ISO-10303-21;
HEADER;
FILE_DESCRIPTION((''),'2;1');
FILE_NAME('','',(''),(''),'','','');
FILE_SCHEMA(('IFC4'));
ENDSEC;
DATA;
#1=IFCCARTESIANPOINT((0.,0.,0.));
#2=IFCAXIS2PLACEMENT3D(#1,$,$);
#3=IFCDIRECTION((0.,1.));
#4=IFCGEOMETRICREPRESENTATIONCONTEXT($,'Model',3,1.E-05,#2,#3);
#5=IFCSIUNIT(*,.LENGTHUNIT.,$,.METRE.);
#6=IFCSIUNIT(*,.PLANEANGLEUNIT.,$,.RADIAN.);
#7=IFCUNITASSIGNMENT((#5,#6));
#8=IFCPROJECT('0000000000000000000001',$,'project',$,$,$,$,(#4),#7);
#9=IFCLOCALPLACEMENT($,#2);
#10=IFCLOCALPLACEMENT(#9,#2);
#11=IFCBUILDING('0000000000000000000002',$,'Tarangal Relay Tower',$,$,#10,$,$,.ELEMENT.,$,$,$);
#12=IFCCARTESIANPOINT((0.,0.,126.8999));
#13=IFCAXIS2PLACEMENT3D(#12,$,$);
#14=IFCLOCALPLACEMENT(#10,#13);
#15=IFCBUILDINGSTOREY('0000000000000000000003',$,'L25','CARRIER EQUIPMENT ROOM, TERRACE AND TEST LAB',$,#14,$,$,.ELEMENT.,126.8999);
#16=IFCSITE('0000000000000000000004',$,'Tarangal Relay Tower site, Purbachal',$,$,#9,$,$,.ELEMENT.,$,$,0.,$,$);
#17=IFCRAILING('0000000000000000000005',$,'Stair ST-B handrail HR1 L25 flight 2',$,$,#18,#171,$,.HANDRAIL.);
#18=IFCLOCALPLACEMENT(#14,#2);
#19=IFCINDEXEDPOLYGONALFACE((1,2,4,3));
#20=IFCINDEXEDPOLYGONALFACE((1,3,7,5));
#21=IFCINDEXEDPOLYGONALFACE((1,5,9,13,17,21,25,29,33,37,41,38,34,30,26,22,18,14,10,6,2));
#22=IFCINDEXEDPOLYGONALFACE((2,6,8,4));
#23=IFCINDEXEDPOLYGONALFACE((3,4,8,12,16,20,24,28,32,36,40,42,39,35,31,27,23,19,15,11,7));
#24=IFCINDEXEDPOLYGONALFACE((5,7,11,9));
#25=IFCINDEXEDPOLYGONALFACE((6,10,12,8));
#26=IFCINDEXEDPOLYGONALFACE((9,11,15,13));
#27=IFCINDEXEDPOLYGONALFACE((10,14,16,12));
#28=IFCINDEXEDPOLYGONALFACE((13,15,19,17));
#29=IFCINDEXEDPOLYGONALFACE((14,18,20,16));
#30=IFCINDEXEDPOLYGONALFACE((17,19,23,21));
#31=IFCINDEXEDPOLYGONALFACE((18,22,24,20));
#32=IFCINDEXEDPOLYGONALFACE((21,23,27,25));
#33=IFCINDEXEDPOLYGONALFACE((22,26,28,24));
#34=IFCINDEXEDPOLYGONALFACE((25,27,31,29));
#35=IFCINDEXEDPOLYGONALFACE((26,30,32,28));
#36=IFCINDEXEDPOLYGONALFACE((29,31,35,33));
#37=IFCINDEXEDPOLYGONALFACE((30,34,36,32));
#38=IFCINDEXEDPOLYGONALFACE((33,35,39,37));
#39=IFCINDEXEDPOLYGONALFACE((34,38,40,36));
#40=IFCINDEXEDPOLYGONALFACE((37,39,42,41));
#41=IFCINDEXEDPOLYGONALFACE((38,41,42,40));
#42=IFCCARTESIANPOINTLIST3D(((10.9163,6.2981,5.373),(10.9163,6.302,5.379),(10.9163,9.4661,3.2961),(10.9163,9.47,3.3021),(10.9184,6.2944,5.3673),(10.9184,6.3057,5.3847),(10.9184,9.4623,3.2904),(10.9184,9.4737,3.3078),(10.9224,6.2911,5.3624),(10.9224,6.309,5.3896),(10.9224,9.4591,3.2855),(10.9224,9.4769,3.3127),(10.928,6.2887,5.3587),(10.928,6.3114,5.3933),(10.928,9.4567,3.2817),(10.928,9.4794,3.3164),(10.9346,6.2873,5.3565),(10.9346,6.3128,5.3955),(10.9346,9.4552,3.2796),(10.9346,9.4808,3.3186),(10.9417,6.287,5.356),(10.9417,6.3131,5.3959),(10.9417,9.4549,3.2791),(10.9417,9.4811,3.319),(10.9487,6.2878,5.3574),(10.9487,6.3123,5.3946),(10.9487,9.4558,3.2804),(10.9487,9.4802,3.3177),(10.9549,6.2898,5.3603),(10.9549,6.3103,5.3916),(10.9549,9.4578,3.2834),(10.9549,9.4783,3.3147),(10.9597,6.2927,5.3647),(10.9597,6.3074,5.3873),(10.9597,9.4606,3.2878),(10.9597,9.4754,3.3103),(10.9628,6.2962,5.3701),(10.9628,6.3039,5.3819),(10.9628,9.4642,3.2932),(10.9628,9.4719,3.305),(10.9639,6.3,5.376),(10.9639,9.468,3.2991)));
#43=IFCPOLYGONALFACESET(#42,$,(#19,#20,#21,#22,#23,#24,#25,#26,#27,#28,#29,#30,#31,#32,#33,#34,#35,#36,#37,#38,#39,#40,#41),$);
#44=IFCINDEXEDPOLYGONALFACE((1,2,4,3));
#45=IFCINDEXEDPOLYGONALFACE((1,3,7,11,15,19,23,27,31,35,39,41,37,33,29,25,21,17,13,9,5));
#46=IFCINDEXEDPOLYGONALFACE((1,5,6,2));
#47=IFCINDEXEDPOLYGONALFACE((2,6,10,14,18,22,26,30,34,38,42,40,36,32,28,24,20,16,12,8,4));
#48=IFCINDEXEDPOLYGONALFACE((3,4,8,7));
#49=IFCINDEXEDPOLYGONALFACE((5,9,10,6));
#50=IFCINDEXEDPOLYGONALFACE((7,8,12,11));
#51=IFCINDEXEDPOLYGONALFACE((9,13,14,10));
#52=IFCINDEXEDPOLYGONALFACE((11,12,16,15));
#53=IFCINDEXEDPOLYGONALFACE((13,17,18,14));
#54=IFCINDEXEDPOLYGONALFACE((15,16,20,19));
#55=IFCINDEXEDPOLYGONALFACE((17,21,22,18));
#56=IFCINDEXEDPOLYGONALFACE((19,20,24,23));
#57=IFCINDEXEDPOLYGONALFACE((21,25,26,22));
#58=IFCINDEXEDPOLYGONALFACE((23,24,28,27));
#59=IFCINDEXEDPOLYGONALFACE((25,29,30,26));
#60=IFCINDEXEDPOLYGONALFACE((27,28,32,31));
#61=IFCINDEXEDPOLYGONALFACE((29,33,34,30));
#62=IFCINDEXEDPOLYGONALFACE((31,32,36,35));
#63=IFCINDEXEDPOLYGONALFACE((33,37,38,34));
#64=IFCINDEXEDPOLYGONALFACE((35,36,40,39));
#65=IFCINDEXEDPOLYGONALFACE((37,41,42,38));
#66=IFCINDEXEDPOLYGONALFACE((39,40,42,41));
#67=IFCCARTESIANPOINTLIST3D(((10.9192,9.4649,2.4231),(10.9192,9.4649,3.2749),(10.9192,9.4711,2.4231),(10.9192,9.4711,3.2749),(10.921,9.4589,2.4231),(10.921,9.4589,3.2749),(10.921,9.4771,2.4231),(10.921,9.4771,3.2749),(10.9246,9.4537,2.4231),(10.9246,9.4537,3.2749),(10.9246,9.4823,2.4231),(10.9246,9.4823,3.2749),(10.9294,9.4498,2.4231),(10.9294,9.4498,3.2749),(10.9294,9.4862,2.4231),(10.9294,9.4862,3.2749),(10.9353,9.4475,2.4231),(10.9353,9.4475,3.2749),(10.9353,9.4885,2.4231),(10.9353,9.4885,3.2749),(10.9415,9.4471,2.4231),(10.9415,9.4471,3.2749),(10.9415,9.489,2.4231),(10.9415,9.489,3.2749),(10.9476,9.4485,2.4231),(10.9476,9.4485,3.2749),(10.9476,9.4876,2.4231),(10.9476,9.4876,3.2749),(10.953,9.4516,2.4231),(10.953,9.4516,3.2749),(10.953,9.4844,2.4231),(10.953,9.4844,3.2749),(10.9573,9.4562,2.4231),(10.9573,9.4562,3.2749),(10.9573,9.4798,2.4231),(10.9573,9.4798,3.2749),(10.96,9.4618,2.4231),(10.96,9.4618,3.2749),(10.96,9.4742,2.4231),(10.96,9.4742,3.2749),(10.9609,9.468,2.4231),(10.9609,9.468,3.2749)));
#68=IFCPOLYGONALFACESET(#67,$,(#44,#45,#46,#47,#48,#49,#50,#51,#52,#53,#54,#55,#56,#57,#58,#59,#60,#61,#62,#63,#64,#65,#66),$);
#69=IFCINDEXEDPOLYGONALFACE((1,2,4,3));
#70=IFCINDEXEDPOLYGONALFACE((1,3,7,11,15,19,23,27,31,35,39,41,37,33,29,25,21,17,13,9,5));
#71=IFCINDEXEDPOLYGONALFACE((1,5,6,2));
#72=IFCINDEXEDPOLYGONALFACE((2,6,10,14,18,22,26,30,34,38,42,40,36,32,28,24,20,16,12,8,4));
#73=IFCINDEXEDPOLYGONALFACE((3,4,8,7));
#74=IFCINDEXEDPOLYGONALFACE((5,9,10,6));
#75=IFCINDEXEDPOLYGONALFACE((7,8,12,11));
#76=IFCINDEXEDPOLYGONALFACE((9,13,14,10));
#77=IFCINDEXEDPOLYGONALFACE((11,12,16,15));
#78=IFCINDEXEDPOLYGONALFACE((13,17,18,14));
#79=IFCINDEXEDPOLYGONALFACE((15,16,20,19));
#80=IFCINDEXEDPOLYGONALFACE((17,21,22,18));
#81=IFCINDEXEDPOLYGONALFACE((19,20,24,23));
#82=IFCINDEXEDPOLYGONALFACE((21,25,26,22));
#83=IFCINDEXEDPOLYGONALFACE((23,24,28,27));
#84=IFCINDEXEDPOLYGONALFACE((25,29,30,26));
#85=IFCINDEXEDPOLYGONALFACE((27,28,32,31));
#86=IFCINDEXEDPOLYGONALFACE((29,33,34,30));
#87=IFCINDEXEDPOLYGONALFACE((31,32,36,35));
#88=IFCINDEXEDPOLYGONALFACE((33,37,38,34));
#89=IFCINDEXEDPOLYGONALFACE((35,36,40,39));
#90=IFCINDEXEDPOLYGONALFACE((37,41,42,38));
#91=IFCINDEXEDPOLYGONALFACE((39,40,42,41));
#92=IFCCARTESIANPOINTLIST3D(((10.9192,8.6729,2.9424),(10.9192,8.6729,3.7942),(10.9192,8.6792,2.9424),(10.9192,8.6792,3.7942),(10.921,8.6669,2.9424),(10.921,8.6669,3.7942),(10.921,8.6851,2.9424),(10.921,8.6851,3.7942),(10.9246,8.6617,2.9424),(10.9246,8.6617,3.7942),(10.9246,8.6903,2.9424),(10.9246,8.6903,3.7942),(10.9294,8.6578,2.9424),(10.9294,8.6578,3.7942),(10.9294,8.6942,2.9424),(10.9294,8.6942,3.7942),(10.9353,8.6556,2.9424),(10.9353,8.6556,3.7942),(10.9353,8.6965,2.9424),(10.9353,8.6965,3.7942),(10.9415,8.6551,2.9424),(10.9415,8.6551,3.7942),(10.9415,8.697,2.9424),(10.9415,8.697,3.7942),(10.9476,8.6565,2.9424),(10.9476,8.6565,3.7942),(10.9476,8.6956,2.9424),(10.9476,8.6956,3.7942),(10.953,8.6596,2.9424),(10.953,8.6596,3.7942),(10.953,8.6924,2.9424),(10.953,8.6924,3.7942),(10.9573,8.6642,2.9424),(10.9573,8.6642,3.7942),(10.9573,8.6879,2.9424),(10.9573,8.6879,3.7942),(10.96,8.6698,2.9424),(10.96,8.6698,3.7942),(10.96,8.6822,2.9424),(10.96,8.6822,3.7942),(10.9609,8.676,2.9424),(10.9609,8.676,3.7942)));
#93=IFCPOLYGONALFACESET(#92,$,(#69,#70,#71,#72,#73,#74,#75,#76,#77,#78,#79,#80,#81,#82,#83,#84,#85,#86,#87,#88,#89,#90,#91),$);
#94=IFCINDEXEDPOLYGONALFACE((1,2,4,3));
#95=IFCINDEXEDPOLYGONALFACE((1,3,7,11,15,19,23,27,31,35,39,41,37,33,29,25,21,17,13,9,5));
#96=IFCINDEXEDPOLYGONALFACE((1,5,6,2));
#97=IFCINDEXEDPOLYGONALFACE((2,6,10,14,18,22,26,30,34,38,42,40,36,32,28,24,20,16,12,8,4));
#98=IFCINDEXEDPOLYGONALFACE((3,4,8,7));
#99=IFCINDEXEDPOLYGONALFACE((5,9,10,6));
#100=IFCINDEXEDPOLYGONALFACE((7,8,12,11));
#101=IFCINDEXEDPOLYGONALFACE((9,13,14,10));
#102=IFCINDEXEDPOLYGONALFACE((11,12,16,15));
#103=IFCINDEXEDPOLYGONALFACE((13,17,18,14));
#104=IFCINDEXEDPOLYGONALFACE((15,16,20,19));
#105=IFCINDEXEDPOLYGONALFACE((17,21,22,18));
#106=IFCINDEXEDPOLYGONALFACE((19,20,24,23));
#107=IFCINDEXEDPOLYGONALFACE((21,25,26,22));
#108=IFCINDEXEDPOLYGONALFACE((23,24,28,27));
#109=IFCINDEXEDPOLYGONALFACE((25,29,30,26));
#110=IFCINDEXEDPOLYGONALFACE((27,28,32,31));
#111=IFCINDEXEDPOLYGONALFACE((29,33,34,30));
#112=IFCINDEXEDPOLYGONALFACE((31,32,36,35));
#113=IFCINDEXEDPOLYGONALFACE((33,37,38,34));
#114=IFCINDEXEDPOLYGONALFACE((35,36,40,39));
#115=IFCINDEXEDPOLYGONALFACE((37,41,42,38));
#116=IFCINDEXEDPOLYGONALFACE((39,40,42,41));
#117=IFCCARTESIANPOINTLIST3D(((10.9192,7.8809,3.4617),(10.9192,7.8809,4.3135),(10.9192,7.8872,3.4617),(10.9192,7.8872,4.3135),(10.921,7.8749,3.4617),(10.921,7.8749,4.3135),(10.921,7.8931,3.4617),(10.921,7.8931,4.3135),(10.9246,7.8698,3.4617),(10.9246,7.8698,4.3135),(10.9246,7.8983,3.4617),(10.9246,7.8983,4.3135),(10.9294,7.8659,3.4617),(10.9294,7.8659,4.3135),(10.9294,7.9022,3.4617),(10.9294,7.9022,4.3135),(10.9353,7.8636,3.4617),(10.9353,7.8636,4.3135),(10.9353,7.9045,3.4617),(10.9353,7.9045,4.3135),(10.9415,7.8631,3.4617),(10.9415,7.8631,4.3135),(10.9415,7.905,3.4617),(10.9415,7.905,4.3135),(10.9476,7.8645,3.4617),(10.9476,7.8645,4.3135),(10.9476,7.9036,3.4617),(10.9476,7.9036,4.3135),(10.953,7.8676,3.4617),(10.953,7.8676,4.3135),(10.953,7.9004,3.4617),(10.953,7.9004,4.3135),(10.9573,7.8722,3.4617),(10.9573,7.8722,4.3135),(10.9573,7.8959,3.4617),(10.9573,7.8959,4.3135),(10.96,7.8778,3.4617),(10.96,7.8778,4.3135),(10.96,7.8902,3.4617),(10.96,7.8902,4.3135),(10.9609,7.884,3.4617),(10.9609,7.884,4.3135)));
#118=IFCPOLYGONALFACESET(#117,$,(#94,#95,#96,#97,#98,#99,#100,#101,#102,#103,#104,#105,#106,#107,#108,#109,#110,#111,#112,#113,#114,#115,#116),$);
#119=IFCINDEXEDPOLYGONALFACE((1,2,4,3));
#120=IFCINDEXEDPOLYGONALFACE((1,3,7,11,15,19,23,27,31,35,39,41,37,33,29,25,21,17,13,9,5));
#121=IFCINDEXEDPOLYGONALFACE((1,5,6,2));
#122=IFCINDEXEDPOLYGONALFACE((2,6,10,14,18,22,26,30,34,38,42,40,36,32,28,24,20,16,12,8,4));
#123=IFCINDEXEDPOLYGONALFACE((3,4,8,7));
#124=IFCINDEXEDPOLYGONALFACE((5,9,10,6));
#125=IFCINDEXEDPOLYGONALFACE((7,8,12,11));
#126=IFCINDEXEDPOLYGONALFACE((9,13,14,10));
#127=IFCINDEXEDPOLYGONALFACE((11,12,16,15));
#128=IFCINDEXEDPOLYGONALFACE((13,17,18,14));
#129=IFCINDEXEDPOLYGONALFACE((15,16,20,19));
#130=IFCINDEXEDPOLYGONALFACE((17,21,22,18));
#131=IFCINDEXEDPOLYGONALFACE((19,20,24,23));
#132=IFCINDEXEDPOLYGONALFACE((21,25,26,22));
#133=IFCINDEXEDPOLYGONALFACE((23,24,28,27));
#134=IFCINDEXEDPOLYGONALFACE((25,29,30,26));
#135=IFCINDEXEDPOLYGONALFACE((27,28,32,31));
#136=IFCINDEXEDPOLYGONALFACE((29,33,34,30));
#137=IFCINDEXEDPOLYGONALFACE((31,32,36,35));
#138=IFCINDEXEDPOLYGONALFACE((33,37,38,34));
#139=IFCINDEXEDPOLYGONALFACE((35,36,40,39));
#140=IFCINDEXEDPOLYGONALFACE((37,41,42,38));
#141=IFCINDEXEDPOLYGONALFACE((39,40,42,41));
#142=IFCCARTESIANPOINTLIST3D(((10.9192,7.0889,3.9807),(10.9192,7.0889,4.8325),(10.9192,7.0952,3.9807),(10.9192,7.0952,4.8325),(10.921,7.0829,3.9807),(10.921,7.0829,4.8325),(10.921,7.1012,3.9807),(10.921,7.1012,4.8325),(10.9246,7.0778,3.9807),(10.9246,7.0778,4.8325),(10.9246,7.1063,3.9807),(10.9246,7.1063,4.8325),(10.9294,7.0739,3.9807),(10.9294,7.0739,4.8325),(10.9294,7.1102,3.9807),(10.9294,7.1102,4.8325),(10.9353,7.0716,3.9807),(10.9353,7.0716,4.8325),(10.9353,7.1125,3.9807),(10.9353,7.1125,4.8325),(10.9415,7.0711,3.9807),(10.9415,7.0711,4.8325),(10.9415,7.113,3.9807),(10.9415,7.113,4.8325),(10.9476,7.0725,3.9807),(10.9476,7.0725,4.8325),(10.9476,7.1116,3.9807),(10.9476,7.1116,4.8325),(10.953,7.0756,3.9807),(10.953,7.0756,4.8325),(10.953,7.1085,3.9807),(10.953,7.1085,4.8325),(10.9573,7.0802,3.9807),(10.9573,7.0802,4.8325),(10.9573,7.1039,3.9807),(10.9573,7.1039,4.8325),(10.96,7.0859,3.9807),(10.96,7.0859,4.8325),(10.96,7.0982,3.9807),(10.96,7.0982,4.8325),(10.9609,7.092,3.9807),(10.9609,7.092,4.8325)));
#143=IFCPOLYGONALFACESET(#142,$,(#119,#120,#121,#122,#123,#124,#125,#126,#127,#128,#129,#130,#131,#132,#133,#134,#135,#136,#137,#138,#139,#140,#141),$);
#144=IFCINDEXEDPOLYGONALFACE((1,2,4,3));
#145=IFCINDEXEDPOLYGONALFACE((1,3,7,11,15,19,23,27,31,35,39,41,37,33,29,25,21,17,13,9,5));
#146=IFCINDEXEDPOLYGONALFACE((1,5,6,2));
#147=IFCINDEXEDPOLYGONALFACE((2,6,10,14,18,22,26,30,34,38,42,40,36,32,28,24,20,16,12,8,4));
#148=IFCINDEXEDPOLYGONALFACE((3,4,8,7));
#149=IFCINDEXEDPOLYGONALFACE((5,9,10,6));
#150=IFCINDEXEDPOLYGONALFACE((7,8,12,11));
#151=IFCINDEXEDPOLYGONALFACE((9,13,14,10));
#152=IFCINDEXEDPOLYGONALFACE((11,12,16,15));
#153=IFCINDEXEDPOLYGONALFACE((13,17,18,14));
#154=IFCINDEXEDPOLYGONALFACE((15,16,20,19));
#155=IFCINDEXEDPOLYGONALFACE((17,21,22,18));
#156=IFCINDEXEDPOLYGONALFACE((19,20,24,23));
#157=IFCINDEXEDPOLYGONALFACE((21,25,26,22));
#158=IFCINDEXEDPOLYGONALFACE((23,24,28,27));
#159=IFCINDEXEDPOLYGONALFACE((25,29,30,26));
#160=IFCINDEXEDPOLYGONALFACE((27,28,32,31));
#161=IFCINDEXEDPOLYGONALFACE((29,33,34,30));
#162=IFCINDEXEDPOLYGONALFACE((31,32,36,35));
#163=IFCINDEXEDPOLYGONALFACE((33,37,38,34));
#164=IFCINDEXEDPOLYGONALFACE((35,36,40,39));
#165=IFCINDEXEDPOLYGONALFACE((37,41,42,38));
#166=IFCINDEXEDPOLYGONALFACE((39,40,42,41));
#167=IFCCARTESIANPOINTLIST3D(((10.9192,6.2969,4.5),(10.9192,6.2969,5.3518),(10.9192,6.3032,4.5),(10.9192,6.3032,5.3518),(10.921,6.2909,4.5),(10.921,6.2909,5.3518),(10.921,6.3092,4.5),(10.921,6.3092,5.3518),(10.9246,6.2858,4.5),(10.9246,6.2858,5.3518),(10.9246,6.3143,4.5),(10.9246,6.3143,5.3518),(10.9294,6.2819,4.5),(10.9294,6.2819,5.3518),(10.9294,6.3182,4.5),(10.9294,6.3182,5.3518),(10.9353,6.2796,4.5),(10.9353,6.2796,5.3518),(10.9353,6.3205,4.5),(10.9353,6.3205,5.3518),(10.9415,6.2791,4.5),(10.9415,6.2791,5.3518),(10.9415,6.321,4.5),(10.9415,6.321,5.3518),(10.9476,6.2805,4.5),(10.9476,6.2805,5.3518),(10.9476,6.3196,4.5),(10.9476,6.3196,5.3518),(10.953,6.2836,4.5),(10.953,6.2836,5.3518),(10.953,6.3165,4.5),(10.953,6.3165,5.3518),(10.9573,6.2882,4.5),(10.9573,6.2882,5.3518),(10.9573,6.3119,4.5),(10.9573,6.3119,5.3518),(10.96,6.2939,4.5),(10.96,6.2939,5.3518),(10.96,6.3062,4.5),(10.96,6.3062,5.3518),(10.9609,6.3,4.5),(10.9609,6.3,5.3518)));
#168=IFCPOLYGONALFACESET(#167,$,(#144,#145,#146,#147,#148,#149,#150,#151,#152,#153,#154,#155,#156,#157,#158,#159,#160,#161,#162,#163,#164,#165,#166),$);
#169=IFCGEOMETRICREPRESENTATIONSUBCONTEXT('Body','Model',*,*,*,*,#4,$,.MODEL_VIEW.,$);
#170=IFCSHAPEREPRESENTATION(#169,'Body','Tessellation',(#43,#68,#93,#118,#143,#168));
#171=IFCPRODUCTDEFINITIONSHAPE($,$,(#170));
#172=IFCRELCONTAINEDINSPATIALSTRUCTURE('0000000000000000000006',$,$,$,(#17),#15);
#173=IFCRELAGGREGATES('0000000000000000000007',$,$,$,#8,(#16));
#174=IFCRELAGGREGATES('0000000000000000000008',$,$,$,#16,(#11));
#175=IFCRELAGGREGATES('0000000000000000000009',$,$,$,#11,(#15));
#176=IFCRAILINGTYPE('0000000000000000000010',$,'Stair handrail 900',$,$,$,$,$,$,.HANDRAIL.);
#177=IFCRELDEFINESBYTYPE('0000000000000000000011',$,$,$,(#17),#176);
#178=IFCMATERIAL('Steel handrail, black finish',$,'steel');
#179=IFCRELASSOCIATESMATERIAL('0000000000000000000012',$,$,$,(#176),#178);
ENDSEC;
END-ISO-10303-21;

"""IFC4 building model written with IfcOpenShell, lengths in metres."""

from ifc_helpers import new_model, si_unit, direction, frame, origin, origin_2d, place, context, subcontext, project, spatial, circle, extrude, material, type_object, element, save


model = new_model("IFC4")

# Units and contexts
model_context = context("Model", 3, precision=1e-05, world=origin(), true_north=direction((0.0, 1.0)))
body_context = subcontext(model_context, "Body", "Model", "MODEL_VIEW")
ifc_project = project(units=[si_unit("LENGTHUNIT", "METRE"), si_unit("PLANEANGLEUNIT", "RADIAN")], contexts=[model_context])

# Site, building, storey
site_placement = place(None, origin())
site = spatial("IfcSite", under=ifc_project, at=site_placement, Name="Tarangal Relay Tower site, Purbachal", CompositionType="ELEMENT", RefElevation=0.0)
building_placement = place(site_placement, origin())
building = spatial("IfcBuilding", under=site, at=building_placement, Name="Tarangal Relay Tower", CompositionType="ELEMENT")
storey_placement = place(building_placement, frame((0.0, 0.0, 126.8999)))
storey = spatial("IfcBuildingStorey", under=building, at=storey_placement, Name="L25", Description="CARRIER EQUIPMENT ROOM, TERRACE AND TEST LAB", CompositionType="ELEMENT", Elevation=126.8999)

# Railing
ifc_material_1 = material(Name="Steel handrail, black finish", Category="steel")
railing_type_1 = type_object("IfcRailingType", Name="Stair handrail 900", PredefinedType="HANDRAIL", material=ifc_material_1)
railing_1_placement = place(storey_placement, frame((10.9399, 9.468, 2.4231)))
element("IfcRailing", 1, at=railing_1_placement, inside=storey, type_object=railing_type_1, Name="Stair ST-B handrail HR1 L25 flight 2", PredefinedType="HANDRAIL", context=body_context, shape_type="SweptSolid", body=[
    extrude(circle(Radius=0.0239, at=origin_2d()), frame((0.0, 0.0, 0.876), z_axis=(0.0, -0.836299, 0.548273), x_axis=(1.0, 0.0, 0.0)), (0.0, 0.0, 1.0), 3.7881),
    extrude(circle(Radius=0.021, at=origin_2d()), origin(), (0.0, 0.0, 1.0), 0.8518),
    extrude(circle(Radius=0.021, at=origin_2d()), frame((0.0, -0.792, 0.5193)), (0.0, 0.0, 1.0), 0.8518),
    extrude(circle(Radius=0.021, at=origin_2d()), frame((0.0, -1.584, 1.0386)), (0.0, 0.0, 1.0), 0.8518),
    extrude(circle(Radius=0.021, at=origin_2d()), frame((0.0, -2.376, 1.5576)), (0.0, 0.0, 1.0), 0.8518),
    extrude(circle(Radius=0.021, at=origin_2d()), frame((0.0, -3.168, 2.0769)), (0.0, 0.0, 1.0), 0.8518),
])

save(model, "model.ifc")
